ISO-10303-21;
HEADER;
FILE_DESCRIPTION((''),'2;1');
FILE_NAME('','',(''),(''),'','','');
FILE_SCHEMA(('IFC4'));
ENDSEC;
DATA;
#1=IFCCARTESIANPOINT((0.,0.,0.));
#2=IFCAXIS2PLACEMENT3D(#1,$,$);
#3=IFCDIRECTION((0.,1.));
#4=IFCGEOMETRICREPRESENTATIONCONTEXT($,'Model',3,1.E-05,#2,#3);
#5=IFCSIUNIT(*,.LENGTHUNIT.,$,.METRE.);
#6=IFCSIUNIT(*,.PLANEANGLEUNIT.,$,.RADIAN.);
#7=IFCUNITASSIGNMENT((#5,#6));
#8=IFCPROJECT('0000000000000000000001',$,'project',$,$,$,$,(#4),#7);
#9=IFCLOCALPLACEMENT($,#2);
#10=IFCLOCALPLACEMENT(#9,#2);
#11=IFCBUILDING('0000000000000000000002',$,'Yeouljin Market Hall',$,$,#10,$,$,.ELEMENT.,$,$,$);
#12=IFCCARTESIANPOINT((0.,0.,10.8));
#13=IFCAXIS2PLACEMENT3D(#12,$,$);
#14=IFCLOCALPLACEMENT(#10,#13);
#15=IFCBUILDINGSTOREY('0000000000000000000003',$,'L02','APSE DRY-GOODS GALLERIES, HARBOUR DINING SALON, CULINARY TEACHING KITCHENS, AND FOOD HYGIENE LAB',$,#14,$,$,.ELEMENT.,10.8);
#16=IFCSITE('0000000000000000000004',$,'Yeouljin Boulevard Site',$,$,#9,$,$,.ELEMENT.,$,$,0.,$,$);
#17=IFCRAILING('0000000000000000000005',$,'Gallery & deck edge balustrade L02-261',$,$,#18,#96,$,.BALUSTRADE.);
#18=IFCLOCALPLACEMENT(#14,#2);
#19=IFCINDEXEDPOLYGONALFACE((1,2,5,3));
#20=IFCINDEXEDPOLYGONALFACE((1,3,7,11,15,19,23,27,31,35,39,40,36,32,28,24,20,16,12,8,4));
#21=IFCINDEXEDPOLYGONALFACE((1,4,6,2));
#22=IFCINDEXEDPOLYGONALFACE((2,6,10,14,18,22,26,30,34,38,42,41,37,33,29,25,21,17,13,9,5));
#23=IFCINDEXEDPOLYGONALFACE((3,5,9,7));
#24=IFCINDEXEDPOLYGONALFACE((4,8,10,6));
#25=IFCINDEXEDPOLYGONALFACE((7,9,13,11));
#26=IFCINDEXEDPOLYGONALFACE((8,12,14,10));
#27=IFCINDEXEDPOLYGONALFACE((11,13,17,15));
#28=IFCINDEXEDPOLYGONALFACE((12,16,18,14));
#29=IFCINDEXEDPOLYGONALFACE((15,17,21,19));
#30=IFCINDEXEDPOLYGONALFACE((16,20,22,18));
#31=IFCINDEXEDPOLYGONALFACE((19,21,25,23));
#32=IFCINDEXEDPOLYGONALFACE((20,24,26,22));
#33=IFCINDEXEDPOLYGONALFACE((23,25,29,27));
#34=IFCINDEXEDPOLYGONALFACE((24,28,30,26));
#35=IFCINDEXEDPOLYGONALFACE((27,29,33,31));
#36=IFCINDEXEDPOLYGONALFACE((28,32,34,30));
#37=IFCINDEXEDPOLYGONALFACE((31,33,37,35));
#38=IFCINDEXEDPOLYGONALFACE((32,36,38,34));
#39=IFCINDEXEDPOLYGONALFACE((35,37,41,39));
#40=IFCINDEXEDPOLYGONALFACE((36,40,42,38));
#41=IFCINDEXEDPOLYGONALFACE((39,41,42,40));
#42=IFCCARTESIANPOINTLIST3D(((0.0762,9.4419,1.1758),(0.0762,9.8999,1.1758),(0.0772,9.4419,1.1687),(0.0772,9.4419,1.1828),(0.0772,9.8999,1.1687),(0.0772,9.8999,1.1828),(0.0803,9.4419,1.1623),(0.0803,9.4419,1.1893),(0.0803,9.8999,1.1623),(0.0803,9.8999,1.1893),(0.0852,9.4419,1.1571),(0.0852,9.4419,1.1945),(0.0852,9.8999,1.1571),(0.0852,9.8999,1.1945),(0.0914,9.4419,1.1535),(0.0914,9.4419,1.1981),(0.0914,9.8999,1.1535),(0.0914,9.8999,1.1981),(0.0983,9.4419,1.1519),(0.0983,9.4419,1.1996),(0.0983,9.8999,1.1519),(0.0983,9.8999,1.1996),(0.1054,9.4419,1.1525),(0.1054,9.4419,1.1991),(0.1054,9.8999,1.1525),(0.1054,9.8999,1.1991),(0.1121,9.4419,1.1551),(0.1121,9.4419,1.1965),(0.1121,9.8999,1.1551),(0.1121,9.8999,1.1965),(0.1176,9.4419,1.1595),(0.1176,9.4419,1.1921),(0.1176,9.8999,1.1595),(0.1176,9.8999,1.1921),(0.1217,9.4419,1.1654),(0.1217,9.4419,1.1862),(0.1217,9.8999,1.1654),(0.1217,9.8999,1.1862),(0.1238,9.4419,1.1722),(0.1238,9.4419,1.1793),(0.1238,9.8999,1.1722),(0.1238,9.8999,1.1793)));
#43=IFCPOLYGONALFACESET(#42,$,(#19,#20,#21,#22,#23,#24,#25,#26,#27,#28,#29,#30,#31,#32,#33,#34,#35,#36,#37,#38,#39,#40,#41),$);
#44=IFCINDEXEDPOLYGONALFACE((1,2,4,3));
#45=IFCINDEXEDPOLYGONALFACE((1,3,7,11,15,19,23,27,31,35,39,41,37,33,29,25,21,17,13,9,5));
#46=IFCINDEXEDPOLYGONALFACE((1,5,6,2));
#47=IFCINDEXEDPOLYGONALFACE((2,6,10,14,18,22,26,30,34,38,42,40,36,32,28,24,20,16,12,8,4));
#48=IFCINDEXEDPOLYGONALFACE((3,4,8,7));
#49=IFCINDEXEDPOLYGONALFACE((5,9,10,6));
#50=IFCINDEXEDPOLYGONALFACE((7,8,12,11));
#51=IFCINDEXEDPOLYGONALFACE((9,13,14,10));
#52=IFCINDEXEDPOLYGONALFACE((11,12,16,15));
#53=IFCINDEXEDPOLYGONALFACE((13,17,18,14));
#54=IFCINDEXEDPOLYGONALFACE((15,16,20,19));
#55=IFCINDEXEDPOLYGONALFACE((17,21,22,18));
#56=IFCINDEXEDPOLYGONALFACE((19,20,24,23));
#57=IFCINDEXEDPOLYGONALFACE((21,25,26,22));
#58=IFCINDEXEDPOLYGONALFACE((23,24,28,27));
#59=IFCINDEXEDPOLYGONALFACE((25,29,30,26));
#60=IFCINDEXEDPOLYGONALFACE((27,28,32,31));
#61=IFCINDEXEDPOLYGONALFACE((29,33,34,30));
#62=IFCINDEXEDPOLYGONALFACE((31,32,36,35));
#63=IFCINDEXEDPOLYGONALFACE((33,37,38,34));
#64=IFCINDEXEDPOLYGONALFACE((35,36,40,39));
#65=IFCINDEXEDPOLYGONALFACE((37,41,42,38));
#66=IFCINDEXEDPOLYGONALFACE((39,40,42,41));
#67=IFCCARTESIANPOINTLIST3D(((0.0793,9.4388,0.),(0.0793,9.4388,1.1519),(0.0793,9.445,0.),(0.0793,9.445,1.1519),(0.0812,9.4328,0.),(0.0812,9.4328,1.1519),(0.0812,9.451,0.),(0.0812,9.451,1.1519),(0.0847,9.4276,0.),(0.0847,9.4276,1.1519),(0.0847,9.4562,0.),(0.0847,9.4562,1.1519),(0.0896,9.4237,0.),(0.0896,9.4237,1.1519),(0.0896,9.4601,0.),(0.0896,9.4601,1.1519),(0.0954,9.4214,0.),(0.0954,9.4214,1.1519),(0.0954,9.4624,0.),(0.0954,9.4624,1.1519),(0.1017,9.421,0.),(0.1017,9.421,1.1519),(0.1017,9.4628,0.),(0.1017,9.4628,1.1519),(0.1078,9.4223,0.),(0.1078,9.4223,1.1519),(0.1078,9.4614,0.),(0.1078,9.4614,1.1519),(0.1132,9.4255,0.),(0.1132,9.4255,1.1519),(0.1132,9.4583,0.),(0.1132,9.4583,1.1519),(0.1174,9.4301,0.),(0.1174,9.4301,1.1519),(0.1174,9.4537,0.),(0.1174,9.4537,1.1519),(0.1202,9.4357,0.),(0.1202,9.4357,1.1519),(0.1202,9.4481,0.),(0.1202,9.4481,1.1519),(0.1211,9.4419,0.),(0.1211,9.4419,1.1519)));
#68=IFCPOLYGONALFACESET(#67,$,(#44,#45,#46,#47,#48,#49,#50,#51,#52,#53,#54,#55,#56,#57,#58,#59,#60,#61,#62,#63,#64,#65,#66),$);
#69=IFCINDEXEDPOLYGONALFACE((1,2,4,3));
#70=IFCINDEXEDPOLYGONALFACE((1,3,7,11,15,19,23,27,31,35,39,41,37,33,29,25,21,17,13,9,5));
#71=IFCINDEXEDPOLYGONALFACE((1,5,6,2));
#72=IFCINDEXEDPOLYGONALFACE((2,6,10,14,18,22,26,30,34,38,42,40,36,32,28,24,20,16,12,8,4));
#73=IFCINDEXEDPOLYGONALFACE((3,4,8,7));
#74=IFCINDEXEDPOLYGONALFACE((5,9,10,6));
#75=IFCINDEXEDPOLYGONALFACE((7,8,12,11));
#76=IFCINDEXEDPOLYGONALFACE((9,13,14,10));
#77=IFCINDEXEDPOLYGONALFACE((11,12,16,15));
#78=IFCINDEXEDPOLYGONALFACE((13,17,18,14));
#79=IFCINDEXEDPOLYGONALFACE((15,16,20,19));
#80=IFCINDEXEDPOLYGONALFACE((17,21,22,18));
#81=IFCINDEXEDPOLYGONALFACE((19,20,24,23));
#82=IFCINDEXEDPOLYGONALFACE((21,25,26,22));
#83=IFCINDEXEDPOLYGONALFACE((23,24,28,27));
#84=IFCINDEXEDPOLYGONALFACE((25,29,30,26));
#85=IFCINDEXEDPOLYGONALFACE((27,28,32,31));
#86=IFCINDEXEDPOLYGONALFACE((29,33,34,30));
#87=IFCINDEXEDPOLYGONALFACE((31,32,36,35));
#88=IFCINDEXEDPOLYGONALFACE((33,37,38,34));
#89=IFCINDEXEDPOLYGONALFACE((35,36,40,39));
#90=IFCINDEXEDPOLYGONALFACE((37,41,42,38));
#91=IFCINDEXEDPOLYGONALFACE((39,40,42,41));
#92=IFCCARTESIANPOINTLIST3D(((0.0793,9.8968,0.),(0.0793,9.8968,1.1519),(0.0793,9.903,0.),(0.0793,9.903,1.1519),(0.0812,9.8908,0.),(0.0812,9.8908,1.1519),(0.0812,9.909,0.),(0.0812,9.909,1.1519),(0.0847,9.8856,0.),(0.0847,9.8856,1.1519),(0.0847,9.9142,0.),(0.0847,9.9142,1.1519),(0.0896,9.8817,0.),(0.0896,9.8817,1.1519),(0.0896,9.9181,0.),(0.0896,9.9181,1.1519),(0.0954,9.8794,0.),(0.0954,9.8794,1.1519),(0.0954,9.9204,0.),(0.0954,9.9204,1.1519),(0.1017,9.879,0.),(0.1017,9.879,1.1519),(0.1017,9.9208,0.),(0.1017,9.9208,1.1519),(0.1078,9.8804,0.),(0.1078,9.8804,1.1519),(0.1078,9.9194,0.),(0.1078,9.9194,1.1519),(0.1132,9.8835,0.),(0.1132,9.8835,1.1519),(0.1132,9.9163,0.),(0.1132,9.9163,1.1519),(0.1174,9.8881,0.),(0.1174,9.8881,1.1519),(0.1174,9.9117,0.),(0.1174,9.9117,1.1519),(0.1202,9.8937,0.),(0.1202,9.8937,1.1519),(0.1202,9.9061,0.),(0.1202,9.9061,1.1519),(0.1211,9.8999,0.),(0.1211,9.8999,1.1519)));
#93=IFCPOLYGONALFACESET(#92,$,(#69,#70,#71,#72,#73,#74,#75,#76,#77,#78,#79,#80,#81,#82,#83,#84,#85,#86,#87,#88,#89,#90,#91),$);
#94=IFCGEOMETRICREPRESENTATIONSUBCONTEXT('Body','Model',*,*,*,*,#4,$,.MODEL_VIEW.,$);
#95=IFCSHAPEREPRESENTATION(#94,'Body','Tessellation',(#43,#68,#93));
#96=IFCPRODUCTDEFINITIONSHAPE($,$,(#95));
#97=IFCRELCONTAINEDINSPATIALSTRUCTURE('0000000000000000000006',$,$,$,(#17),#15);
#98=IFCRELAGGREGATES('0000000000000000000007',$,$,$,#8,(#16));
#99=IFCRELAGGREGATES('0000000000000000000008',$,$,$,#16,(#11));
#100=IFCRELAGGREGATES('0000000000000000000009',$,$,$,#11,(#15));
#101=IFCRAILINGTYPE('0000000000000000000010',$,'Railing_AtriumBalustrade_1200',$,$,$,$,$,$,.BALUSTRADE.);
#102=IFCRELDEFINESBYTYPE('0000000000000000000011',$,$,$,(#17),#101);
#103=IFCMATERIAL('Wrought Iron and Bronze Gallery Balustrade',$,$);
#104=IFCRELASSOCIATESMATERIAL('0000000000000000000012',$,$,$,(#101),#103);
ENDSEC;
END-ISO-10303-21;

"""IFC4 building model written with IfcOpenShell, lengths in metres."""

from ifc_helpers import new_model, si_unit, direction, frame, origin, origin_2d, place, context, subcontext, project, spatial, circle, extrude, material, type_object, element, save


model = new_model("IFC4")

# Units and contexts
model_context = context("Model", 3, precision=1e-05, world=origin(), true_north=direction((0.0, 1.0)))
body_context = subcontext(model_context, "Body", "Model", "MODEL_VIEW")
ifc_project = project(units=[si_unit("LENGTHUNIT", "METRE"), si_unit("PLANEANGLEUNIT", "RADIAN")], contexts=[model_context])

# Site, building, storey
site_placement = place(None, origin())
site = spatial("IfcSite", under=ifc_project, at=site_placement, Name="Yeouljin Boulevard Site", CompositionType="ELEMENT", RefElevation=0.0)
building_placement = place(site_placement, origin())
building = spatial("IfcBuilding", under=site, at=building_placement, Name="Yeouljin Market Hall", CompositionType="ELEMENT")
storey_placement = place(building_placement, frame((0.0, 0.0, 10.8)))
storey = spatial("IfcBuildingStorey", under=building, at=storey_placement, Name="L02", Description="APSE DRY-GOODS GALLERIES, HARBOUR DINING SALON, CULINARY TEACHING KITCHENS, AND FOOD HYGIENE LAB", CompositionType="ELEMENT", Elevation=10.8)

# Railing
ifc_material_1 = material(Name="Wrought Iron and Bronze Gallery Balustrade")
railing_type_1 = type_object("IfcRailingType", Name="Railing_AtriumBalustrade_1200", PredefinedType="BALUSTRADE", material=ifc_material_1)
railing_1_placement = place(storey_placement, frame((0.1001, 9.4419, 0.0)))
element("IfcRailing", 1, at=railing_1_placement, inside=storey, type_object=railing_type_1, Name="Gallery & deck edge balustrade L02-261", PredefinedType="BALUSTRADE", context=body_context, shape_type="SweptSolid", body=[
    extrude(circle(Radius=0.0239, at=origin_2d()), frame((0.0, 0.0, 1.1758), z_axis=(0.0, 1.0, 0.0), x_axis=(-1.0, 0.0, 0.0)), (0.0, 0.0, 1.0), 0.458),
    extrude(circle(Radius=0.021, at=origin_2d()), origin(), (0.0, 0.0, 1.0), 1.1519),
    extrude(circle(Radius=0.021, at=origin_2d()), frame((0.0, 0.458, 0.0)), (0.0, 0.0, 1.0), 1.1519),
])

save(model, "model.ifc")
